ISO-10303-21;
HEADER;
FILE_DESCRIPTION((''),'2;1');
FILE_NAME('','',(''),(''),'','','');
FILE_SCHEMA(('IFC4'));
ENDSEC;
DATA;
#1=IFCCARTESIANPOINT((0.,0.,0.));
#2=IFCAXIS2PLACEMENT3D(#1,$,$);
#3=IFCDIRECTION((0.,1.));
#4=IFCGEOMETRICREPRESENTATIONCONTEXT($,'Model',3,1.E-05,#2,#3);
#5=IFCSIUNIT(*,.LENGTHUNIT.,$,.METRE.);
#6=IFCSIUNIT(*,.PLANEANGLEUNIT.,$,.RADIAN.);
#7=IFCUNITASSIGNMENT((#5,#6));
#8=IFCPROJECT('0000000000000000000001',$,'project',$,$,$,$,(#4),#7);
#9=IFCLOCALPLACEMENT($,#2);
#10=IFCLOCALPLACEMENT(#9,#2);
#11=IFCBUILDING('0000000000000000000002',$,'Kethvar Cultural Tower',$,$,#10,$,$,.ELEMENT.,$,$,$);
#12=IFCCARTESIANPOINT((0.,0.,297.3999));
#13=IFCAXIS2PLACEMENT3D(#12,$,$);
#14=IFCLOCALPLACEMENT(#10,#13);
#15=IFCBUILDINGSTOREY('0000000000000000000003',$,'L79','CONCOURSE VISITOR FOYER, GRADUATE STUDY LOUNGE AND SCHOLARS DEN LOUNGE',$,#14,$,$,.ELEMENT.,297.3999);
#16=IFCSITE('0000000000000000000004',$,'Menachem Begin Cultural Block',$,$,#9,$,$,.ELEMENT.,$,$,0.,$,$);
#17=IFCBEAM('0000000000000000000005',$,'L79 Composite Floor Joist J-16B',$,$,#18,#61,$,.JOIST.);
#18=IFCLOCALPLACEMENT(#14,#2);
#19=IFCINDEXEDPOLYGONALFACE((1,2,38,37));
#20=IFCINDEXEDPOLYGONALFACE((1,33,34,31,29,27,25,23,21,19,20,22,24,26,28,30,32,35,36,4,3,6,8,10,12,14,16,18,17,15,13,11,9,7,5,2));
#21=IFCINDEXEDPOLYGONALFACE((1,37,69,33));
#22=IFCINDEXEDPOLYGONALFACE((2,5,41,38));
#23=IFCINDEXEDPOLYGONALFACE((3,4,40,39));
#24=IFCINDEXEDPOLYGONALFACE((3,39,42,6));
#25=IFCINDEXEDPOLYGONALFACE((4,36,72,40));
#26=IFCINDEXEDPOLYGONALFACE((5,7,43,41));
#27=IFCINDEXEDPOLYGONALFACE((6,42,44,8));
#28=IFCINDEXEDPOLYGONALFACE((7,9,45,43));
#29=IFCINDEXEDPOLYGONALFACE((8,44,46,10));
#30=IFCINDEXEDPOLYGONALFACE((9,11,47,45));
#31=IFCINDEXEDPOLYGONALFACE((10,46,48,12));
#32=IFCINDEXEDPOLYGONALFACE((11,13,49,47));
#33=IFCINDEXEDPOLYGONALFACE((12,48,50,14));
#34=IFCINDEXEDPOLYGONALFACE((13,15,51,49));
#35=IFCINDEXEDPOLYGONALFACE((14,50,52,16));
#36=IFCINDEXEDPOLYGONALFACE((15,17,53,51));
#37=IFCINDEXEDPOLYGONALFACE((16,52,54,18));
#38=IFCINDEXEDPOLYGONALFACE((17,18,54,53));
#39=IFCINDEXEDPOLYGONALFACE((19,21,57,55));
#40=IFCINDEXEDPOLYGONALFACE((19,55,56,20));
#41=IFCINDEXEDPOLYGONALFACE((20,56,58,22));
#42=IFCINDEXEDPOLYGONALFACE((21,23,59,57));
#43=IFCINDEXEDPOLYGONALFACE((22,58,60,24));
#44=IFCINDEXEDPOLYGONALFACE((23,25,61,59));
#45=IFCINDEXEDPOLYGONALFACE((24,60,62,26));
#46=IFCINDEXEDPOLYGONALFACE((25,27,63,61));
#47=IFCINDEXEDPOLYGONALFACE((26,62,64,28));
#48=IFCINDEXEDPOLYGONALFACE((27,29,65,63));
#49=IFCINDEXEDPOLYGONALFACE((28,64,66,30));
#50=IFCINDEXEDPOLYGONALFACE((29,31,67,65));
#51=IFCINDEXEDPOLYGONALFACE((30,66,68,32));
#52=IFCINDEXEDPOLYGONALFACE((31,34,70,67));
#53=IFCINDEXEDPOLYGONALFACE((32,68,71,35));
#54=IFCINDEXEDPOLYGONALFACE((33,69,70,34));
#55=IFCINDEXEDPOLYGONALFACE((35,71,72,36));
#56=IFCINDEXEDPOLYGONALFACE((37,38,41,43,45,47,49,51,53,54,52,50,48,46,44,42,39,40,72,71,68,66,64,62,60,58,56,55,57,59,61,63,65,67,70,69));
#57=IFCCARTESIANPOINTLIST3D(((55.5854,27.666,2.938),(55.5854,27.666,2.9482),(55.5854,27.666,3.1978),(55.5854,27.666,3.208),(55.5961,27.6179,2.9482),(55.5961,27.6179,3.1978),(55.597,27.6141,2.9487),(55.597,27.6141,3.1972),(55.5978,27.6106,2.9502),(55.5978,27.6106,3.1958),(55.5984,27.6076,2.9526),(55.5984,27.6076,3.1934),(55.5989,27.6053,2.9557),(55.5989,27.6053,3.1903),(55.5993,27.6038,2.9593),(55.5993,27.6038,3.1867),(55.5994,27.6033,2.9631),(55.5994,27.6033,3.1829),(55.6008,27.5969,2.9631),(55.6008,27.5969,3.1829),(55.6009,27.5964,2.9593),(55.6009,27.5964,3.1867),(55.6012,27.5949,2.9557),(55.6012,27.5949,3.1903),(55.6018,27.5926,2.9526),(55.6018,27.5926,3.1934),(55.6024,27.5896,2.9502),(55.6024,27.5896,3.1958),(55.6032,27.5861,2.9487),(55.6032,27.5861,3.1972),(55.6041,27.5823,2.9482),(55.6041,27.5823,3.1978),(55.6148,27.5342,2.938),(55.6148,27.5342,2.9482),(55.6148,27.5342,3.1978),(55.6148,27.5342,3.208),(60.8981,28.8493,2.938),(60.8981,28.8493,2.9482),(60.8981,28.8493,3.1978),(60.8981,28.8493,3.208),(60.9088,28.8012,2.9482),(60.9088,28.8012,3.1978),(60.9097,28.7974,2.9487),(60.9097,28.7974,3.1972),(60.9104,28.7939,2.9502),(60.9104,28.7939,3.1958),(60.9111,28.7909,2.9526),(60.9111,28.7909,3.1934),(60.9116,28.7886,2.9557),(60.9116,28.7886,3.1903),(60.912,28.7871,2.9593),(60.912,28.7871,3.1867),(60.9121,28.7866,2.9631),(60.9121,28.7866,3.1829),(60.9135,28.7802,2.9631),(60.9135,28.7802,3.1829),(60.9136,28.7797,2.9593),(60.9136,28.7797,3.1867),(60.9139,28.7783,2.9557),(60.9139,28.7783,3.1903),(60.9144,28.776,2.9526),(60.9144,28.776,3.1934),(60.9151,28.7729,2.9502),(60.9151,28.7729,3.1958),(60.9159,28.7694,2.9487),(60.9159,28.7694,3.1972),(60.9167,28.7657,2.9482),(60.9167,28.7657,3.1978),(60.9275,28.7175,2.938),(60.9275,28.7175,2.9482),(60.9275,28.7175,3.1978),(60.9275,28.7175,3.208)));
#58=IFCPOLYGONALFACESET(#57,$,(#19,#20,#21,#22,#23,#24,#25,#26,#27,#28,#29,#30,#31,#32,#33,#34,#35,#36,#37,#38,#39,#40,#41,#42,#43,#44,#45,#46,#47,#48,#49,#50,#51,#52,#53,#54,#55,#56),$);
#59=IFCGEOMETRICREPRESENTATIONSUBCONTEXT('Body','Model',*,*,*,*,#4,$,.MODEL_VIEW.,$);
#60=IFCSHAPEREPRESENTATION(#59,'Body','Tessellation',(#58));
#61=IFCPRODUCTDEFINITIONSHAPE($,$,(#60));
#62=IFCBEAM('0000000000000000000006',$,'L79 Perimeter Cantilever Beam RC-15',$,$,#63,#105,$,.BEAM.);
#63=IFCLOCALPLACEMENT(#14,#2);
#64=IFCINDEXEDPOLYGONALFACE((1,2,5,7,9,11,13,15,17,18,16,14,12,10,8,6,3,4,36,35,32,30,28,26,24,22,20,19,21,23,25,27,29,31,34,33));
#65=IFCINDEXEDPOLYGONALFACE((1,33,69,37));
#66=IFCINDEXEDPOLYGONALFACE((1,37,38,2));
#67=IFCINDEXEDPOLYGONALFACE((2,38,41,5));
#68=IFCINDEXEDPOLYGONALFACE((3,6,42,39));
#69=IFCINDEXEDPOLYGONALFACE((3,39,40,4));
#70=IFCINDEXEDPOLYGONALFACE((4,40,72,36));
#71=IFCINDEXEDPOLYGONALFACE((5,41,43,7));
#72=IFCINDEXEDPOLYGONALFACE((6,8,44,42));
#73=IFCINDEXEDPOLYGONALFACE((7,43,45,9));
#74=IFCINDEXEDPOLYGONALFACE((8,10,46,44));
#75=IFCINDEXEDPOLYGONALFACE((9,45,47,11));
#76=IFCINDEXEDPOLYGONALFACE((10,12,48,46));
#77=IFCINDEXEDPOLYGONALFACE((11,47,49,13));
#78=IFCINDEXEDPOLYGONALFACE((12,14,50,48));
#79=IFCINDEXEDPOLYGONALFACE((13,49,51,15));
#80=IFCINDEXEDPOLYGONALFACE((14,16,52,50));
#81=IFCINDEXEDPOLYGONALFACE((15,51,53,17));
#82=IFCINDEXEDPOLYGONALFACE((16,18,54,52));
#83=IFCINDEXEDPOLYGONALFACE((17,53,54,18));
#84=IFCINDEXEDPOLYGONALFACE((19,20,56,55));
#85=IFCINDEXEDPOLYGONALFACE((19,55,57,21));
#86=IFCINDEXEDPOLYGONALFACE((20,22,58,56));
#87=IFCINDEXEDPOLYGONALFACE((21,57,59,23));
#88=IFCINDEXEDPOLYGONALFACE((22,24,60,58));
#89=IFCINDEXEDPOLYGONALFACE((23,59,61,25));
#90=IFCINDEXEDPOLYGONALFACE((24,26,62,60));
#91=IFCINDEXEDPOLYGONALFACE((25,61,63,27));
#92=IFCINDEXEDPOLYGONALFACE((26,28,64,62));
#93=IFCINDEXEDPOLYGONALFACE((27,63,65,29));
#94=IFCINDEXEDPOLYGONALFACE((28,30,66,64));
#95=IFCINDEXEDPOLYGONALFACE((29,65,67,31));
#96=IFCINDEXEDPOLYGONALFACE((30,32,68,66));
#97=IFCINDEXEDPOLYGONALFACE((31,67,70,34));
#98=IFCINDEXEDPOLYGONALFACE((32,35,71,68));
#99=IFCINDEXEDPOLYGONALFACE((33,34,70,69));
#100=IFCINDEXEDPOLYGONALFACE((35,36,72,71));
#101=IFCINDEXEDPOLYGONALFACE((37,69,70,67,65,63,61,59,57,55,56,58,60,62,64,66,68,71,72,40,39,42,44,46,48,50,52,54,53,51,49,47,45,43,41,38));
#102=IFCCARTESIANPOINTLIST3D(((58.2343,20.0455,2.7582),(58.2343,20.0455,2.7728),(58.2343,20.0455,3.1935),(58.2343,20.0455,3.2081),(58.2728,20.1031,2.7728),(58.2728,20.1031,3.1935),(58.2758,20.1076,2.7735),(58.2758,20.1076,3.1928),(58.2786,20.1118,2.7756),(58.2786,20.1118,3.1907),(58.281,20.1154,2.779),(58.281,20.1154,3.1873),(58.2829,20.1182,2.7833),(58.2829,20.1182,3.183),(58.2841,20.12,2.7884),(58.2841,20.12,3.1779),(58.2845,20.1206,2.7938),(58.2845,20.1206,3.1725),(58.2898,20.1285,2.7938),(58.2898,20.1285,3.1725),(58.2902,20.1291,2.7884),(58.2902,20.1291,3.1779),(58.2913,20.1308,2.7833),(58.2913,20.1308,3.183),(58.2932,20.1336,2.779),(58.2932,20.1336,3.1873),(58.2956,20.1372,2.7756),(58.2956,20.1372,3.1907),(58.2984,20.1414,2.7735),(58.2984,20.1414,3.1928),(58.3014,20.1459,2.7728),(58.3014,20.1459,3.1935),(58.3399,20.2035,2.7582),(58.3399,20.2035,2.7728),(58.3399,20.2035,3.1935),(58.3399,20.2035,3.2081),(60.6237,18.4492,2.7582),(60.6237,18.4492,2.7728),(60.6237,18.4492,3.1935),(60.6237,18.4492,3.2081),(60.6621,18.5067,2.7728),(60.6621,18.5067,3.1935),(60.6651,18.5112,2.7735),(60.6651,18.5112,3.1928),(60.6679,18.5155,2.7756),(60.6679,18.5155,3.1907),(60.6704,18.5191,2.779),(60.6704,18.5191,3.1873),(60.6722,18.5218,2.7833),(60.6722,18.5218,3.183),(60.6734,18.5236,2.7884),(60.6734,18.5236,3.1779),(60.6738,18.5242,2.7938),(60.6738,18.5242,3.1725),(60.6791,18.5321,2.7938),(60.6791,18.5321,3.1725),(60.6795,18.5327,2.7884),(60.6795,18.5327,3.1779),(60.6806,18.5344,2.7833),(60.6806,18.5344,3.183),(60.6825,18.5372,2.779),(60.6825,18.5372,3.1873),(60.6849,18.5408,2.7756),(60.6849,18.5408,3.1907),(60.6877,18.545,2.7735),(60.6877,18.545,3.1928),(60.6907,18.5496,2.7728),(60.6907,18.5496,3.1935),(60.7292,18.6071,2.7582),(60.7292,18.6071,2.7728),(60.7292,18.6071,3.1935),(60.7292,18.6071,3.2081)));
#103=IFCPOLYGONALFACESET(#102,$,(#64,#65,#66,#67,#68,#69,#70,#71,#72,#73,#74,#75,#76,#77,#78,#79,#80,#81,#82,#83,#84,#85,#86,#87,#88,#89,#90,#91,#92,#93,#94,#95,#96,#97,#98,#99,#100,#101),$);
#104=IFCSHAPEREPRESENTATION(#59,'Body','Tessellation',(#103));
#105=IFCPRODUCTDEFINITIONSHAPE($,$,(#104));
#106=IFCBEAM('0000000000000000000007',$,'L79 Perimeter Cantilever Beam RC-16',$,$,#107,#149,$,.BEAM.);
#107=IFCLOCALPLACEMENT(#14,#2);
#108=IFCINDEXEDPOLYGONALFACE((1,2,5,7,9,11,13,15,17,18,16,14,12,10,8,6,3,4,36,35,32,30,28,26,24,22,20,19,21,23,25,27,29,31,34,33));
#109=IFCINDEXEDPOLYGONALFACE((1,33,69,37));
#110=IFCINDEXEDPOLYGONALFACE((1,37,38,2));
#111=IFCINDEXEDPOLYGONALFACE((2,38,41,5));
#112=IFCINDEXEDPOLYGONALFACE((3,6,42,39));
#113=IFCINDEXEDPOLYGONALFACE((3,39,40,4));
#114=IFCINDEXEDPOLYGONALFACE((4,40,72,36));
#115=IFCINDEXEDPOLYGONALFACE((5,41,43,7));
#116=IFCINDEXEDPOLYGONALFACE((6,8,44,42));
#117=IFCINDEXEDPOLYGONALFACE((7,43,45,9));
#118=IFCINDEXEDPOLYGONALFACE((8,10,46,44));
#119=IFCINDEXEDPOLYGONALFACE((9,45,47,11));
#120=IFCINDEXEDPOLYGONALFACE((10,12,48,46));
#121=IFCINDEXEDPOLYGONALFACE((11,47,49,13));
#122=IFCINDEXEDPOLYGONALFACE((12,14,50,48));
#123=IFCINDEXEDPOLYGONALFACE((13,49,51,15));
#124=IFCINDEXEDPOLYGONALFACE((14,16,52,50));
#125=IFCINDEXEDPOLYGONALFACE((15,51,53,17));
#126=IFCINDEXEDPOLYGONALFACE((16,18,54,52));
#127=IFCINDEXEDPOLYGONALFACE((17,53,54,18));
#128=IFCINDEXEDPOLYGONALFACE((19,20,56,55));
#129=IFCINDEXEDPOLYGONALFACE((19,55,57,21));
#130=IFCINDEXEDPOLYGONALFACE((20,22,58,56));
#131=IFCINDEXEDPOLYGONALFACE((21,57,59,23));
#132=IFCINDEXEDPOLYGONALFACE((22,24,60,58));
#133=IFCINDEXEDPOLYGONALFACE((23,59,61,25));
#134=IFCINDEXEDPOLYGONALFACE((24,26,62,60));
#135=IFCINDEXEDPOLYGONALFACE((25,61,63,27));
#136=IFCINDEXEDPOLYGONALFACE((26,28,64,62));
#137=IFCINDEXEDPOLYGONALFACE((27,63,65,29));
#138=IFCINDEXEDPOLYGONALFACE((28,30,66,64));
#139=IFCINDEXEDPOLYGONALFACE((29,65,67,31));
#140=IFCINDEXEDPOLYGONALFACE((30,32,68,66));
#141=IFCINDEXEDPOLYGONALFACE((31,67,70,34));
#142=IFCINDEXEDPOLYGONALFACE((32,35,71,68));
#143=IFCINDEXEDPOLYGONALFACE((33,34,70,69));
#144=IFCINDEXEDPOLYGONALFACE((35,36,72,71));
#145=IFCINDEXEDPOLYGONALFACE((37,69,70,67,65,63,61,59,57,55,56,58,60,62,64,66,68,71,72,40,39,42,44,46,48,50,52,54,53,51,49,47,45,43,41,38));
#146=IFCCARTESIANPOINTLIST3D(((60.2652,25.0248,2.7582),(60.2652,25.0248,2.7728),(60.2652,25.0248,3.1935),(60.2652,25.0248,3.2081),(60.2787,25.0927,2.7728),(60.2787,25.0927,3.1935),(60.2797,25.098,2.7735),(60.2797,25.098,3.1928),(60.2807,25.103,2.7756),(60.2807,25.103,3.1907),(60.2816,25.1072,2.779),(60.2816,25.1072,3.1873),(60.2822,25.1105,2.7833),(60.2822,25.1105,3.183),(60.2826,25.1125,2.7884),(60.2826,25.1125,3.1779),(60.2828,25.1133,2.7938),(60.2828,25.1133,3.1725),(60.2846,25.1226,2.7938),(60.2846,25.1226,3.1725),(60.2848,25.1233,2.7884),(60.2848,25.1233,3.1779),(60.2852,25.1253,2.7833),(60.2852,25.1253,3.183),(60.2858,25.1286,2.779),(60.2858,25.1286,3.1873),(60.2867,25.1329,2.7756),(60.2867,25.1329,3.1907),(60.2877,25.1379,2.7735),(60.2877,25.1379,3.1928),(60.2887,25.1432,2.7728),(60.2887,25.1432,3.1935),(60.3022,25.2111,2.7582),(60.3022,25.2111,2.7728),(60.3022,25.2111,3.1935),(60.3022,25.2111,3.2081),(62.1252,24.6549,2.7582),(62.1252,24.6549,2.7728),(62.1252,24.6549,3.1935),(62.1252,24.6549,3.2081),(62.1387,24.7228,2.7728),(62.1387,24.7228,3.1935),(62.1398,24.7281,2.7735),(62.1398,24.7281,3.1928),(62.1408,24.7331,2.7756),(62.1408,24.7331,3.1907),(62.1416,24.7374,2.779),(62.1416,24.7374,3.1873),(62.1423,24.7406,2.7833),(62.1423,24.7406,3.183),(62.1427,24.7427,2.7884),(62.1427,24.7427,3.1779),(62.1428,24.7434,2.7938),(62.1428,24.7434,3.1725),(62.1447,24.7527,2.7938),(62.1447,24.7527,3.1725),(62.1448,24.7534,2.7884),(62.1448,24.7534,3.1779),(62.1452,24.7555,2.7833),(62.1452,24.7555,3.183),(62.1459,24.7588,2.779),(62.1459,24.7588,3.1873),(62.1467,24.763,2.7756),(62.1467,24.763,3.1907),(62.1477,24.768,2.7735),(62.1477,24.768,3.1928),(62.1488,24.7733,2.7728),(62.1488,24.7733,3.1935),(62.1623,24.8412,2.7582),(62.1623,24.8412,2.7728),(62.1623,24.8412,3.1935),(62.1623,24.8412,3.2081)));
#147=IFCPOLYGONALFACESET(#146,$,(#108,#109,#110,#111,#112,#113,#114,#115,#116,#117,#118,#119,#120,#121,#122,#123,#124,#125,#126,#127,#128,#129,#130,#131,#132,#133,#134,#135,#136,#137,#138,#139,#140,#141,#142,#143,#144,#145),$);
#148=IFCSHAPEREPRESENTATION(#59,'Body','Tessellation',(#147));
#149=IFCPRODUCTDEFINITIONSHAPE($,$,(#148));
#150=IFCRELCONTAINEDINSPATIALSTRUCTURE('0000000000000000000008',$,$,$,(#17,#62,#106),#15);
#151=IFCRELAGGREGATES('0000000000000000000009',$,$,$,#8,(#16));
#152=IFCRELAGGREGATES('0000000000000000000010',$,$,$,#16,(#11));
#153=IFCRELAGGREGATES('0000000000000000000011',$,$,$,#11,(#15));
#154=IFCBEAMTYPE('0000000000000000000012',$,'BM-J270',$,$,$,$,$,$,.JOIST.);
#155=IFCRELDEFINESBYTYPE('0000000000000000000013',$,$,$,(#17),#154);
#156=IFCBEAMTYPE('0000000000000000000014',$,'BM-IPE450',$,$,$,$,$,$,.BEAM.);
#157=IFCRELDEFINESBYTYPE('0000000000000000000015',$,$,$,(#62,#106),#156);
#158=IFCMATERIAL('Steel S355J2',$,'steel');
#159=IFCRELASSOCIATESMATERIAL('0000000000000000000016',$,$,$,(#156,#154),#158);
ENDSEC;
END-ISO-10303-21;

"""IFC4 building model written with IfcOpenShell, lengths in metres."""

from ifc_helpers import new_model, si_unit, direction, frame, origin, origin_2d, place, context, subcontext, project, spatial, i_section, extrude, source, transform, mapped, material, material_profile, profile_set, type_object, element, save


model = new_model("IFC4")

# Units and contexts
model_context = context("Model", 3, precision=1e-05, world=origin(), true_north=direction((0.0, 1.0)))
body_context = subcontext(model_context, "Body", "Model", "MODEL_VIEW")
ifc_project = project(units=[si_unit("LENGTHUNIT", "METRE"), si_unit("PLANEANGLEUNIT", "RADIAN")], contexts=[model_context])

# Site, building, storey
site_placement = place(None, origin())
site = spatial("IfcSite", under=ifc_project, at=site_placement, Name="Menachem Begin Cultural Block", CompositionType="ELEMENT", RefElevation=0.0)
building_placement = place(site_placement, origin())
building = spatial("IfcBuilding", under=site, at=building_placement, Name="Kethvar Cultural Tower", CompositionType="ELEMENT")
storey_placement = place(building_placement, frame((0.0, 0.0, 297.3999)))
storey = spatial("IfcBuildingStorey", under=building, at=storey_placement, Name="L79", Description="CONCOURSE VISITOR FOYER, GRADUATE STUDY LOUNGE AND SCHOLARS DEN LOUNGE", CompositionType="ELEMENT", Elevation=297.3999)

# Shared definitions
ifc_material_1 = material(Name="Steel S355J2", Category="steel")

# Beams
ifc_material_profile_1 = material_profile(ifc_material_1, i_section(OverallWidth=0.1899, OverallDepth=0.45, WebThickness=0.0095, FlangeThickness=0.0146, FilletRadius=0.021, at=origin_2d()), Name="Steel S355J2 — IPE450")
ifc_profile_set_1 = profile_set([ifc_material_profile_1], Name="Steel S355J2 — IPE450")
beam_type_1 = type_object("IfcBeamType", Name="BM-IPE450", PredefinedType="BEAM", material=ifc_profile_set_1)
ifc_material_profile_2 = material_profile(ifc_material_1, i_section(OverallWidth=0.135, OverallDepth=0.27, WebThickness=0.0066, FlangeThickness=0.0103, FilletRadius=0.0149, at=origin_2d()), Name="Steel S355J2 — IPE270")
ifc_profile_set_2 = profile_set([ifc_material_profile_2], Name="Steel S355J2 — IPE270")
beam_type_2 = type_object("IfcBeamType", Name="BM-J270", PredefinedType="JOIST", material=ifc_profile_set_2)
shared_shape_1 = source(origin(), body_context, "Body", "SweptSolid", [
    extrude(i_section(OverallWidth=0.135, OverallDepth=0.27, WebThickness=0.0066, FlangeThickness=0.0103, FilletRadius=0.0149, at=origin_2d()), origin(), (0.0, 0.0, 1.0), 5.4429),
])
beam_1_placement = place(storey_placement, frame((55.6001, 27.6001, 3.073), z_axis=(0.97608, 0.21741, 0.0), x_axis=(-0.21741, 0.97608, 0.0)))
element("IfcBeam", 1, at=beam_1_placement, inside=storey, type_object=beam_type_2, Name="L79 Composite Floor Joist J-16B", PredefinedType="JOIST", context=body_context, shape_type="MappedRepresentation", body=[
    mapped(shared_shape_1, transform((0.0, 0.0, 0.0), scale=1.0)),
])
shared_shape_2 = source(origin(), body_context, "Body", "SweptSolid", [
    extrude(i_section(OverallWidth=0.1899, OverallDepth=0.45, WebThickness=0.0095, FlangeThickness=0.0146, FilletRadius=0.021, at=origin_2d()), origin(), (0.0, 0.0, 1.0), 2.8735),
])
beam_2_placement = place(storey_placement, frame((58.2871, 20.1245, 2.9832), z_axis=(0.831488, -0.555543, 0.0), x_axis=(0.555543, 0.831488, 0.0)))
element("IfcBeam", 2, at=beam_2_placement, inside=storey, type_object=beam_type_1, Name="L79 Perimeter Cantilever Beam RC-15", PredefinedType="BEAM", context=body_context, shape_type="MappedRepresentation", body=[
    mapped(shared_shape_2, transform((0.0, 0.0, 0.0), scale=1.0)),
])
shared_shape_3 = source(origin(), body_context, "Body", "SweptSolid", [
    extrude(i_section(OverallWidth=0.1899, OverallDepth=0.45, WebThickness=0.0095, FlangeThickness=0.0146, FilletRadius=0.021, at=origin_2d()), origin(), (0.0, 0.0, 1.0), 1.8965),
])
beam_3_placement = place(storey_placement, frame((60.2837, 25.1179, 2.9832), z_axis=(0.980798, -0.195027, 0.0), x_axis=(0.195027, 0.980798, 0.0)))
element("IfcBeam", 3, at=beam_3_placement, inside=storey, type_object=beam_type_1, Name="L79 Perimeter Cantilever Beam RC-16", PredefinedType="BEAM", context=body_context, shape_type="MappedRepresentation", body=[
    mapped(shared_shape_3, transform((0.0, 0.0, 0.0), scale=1.0)),
])

save(model, "model.ifc")
